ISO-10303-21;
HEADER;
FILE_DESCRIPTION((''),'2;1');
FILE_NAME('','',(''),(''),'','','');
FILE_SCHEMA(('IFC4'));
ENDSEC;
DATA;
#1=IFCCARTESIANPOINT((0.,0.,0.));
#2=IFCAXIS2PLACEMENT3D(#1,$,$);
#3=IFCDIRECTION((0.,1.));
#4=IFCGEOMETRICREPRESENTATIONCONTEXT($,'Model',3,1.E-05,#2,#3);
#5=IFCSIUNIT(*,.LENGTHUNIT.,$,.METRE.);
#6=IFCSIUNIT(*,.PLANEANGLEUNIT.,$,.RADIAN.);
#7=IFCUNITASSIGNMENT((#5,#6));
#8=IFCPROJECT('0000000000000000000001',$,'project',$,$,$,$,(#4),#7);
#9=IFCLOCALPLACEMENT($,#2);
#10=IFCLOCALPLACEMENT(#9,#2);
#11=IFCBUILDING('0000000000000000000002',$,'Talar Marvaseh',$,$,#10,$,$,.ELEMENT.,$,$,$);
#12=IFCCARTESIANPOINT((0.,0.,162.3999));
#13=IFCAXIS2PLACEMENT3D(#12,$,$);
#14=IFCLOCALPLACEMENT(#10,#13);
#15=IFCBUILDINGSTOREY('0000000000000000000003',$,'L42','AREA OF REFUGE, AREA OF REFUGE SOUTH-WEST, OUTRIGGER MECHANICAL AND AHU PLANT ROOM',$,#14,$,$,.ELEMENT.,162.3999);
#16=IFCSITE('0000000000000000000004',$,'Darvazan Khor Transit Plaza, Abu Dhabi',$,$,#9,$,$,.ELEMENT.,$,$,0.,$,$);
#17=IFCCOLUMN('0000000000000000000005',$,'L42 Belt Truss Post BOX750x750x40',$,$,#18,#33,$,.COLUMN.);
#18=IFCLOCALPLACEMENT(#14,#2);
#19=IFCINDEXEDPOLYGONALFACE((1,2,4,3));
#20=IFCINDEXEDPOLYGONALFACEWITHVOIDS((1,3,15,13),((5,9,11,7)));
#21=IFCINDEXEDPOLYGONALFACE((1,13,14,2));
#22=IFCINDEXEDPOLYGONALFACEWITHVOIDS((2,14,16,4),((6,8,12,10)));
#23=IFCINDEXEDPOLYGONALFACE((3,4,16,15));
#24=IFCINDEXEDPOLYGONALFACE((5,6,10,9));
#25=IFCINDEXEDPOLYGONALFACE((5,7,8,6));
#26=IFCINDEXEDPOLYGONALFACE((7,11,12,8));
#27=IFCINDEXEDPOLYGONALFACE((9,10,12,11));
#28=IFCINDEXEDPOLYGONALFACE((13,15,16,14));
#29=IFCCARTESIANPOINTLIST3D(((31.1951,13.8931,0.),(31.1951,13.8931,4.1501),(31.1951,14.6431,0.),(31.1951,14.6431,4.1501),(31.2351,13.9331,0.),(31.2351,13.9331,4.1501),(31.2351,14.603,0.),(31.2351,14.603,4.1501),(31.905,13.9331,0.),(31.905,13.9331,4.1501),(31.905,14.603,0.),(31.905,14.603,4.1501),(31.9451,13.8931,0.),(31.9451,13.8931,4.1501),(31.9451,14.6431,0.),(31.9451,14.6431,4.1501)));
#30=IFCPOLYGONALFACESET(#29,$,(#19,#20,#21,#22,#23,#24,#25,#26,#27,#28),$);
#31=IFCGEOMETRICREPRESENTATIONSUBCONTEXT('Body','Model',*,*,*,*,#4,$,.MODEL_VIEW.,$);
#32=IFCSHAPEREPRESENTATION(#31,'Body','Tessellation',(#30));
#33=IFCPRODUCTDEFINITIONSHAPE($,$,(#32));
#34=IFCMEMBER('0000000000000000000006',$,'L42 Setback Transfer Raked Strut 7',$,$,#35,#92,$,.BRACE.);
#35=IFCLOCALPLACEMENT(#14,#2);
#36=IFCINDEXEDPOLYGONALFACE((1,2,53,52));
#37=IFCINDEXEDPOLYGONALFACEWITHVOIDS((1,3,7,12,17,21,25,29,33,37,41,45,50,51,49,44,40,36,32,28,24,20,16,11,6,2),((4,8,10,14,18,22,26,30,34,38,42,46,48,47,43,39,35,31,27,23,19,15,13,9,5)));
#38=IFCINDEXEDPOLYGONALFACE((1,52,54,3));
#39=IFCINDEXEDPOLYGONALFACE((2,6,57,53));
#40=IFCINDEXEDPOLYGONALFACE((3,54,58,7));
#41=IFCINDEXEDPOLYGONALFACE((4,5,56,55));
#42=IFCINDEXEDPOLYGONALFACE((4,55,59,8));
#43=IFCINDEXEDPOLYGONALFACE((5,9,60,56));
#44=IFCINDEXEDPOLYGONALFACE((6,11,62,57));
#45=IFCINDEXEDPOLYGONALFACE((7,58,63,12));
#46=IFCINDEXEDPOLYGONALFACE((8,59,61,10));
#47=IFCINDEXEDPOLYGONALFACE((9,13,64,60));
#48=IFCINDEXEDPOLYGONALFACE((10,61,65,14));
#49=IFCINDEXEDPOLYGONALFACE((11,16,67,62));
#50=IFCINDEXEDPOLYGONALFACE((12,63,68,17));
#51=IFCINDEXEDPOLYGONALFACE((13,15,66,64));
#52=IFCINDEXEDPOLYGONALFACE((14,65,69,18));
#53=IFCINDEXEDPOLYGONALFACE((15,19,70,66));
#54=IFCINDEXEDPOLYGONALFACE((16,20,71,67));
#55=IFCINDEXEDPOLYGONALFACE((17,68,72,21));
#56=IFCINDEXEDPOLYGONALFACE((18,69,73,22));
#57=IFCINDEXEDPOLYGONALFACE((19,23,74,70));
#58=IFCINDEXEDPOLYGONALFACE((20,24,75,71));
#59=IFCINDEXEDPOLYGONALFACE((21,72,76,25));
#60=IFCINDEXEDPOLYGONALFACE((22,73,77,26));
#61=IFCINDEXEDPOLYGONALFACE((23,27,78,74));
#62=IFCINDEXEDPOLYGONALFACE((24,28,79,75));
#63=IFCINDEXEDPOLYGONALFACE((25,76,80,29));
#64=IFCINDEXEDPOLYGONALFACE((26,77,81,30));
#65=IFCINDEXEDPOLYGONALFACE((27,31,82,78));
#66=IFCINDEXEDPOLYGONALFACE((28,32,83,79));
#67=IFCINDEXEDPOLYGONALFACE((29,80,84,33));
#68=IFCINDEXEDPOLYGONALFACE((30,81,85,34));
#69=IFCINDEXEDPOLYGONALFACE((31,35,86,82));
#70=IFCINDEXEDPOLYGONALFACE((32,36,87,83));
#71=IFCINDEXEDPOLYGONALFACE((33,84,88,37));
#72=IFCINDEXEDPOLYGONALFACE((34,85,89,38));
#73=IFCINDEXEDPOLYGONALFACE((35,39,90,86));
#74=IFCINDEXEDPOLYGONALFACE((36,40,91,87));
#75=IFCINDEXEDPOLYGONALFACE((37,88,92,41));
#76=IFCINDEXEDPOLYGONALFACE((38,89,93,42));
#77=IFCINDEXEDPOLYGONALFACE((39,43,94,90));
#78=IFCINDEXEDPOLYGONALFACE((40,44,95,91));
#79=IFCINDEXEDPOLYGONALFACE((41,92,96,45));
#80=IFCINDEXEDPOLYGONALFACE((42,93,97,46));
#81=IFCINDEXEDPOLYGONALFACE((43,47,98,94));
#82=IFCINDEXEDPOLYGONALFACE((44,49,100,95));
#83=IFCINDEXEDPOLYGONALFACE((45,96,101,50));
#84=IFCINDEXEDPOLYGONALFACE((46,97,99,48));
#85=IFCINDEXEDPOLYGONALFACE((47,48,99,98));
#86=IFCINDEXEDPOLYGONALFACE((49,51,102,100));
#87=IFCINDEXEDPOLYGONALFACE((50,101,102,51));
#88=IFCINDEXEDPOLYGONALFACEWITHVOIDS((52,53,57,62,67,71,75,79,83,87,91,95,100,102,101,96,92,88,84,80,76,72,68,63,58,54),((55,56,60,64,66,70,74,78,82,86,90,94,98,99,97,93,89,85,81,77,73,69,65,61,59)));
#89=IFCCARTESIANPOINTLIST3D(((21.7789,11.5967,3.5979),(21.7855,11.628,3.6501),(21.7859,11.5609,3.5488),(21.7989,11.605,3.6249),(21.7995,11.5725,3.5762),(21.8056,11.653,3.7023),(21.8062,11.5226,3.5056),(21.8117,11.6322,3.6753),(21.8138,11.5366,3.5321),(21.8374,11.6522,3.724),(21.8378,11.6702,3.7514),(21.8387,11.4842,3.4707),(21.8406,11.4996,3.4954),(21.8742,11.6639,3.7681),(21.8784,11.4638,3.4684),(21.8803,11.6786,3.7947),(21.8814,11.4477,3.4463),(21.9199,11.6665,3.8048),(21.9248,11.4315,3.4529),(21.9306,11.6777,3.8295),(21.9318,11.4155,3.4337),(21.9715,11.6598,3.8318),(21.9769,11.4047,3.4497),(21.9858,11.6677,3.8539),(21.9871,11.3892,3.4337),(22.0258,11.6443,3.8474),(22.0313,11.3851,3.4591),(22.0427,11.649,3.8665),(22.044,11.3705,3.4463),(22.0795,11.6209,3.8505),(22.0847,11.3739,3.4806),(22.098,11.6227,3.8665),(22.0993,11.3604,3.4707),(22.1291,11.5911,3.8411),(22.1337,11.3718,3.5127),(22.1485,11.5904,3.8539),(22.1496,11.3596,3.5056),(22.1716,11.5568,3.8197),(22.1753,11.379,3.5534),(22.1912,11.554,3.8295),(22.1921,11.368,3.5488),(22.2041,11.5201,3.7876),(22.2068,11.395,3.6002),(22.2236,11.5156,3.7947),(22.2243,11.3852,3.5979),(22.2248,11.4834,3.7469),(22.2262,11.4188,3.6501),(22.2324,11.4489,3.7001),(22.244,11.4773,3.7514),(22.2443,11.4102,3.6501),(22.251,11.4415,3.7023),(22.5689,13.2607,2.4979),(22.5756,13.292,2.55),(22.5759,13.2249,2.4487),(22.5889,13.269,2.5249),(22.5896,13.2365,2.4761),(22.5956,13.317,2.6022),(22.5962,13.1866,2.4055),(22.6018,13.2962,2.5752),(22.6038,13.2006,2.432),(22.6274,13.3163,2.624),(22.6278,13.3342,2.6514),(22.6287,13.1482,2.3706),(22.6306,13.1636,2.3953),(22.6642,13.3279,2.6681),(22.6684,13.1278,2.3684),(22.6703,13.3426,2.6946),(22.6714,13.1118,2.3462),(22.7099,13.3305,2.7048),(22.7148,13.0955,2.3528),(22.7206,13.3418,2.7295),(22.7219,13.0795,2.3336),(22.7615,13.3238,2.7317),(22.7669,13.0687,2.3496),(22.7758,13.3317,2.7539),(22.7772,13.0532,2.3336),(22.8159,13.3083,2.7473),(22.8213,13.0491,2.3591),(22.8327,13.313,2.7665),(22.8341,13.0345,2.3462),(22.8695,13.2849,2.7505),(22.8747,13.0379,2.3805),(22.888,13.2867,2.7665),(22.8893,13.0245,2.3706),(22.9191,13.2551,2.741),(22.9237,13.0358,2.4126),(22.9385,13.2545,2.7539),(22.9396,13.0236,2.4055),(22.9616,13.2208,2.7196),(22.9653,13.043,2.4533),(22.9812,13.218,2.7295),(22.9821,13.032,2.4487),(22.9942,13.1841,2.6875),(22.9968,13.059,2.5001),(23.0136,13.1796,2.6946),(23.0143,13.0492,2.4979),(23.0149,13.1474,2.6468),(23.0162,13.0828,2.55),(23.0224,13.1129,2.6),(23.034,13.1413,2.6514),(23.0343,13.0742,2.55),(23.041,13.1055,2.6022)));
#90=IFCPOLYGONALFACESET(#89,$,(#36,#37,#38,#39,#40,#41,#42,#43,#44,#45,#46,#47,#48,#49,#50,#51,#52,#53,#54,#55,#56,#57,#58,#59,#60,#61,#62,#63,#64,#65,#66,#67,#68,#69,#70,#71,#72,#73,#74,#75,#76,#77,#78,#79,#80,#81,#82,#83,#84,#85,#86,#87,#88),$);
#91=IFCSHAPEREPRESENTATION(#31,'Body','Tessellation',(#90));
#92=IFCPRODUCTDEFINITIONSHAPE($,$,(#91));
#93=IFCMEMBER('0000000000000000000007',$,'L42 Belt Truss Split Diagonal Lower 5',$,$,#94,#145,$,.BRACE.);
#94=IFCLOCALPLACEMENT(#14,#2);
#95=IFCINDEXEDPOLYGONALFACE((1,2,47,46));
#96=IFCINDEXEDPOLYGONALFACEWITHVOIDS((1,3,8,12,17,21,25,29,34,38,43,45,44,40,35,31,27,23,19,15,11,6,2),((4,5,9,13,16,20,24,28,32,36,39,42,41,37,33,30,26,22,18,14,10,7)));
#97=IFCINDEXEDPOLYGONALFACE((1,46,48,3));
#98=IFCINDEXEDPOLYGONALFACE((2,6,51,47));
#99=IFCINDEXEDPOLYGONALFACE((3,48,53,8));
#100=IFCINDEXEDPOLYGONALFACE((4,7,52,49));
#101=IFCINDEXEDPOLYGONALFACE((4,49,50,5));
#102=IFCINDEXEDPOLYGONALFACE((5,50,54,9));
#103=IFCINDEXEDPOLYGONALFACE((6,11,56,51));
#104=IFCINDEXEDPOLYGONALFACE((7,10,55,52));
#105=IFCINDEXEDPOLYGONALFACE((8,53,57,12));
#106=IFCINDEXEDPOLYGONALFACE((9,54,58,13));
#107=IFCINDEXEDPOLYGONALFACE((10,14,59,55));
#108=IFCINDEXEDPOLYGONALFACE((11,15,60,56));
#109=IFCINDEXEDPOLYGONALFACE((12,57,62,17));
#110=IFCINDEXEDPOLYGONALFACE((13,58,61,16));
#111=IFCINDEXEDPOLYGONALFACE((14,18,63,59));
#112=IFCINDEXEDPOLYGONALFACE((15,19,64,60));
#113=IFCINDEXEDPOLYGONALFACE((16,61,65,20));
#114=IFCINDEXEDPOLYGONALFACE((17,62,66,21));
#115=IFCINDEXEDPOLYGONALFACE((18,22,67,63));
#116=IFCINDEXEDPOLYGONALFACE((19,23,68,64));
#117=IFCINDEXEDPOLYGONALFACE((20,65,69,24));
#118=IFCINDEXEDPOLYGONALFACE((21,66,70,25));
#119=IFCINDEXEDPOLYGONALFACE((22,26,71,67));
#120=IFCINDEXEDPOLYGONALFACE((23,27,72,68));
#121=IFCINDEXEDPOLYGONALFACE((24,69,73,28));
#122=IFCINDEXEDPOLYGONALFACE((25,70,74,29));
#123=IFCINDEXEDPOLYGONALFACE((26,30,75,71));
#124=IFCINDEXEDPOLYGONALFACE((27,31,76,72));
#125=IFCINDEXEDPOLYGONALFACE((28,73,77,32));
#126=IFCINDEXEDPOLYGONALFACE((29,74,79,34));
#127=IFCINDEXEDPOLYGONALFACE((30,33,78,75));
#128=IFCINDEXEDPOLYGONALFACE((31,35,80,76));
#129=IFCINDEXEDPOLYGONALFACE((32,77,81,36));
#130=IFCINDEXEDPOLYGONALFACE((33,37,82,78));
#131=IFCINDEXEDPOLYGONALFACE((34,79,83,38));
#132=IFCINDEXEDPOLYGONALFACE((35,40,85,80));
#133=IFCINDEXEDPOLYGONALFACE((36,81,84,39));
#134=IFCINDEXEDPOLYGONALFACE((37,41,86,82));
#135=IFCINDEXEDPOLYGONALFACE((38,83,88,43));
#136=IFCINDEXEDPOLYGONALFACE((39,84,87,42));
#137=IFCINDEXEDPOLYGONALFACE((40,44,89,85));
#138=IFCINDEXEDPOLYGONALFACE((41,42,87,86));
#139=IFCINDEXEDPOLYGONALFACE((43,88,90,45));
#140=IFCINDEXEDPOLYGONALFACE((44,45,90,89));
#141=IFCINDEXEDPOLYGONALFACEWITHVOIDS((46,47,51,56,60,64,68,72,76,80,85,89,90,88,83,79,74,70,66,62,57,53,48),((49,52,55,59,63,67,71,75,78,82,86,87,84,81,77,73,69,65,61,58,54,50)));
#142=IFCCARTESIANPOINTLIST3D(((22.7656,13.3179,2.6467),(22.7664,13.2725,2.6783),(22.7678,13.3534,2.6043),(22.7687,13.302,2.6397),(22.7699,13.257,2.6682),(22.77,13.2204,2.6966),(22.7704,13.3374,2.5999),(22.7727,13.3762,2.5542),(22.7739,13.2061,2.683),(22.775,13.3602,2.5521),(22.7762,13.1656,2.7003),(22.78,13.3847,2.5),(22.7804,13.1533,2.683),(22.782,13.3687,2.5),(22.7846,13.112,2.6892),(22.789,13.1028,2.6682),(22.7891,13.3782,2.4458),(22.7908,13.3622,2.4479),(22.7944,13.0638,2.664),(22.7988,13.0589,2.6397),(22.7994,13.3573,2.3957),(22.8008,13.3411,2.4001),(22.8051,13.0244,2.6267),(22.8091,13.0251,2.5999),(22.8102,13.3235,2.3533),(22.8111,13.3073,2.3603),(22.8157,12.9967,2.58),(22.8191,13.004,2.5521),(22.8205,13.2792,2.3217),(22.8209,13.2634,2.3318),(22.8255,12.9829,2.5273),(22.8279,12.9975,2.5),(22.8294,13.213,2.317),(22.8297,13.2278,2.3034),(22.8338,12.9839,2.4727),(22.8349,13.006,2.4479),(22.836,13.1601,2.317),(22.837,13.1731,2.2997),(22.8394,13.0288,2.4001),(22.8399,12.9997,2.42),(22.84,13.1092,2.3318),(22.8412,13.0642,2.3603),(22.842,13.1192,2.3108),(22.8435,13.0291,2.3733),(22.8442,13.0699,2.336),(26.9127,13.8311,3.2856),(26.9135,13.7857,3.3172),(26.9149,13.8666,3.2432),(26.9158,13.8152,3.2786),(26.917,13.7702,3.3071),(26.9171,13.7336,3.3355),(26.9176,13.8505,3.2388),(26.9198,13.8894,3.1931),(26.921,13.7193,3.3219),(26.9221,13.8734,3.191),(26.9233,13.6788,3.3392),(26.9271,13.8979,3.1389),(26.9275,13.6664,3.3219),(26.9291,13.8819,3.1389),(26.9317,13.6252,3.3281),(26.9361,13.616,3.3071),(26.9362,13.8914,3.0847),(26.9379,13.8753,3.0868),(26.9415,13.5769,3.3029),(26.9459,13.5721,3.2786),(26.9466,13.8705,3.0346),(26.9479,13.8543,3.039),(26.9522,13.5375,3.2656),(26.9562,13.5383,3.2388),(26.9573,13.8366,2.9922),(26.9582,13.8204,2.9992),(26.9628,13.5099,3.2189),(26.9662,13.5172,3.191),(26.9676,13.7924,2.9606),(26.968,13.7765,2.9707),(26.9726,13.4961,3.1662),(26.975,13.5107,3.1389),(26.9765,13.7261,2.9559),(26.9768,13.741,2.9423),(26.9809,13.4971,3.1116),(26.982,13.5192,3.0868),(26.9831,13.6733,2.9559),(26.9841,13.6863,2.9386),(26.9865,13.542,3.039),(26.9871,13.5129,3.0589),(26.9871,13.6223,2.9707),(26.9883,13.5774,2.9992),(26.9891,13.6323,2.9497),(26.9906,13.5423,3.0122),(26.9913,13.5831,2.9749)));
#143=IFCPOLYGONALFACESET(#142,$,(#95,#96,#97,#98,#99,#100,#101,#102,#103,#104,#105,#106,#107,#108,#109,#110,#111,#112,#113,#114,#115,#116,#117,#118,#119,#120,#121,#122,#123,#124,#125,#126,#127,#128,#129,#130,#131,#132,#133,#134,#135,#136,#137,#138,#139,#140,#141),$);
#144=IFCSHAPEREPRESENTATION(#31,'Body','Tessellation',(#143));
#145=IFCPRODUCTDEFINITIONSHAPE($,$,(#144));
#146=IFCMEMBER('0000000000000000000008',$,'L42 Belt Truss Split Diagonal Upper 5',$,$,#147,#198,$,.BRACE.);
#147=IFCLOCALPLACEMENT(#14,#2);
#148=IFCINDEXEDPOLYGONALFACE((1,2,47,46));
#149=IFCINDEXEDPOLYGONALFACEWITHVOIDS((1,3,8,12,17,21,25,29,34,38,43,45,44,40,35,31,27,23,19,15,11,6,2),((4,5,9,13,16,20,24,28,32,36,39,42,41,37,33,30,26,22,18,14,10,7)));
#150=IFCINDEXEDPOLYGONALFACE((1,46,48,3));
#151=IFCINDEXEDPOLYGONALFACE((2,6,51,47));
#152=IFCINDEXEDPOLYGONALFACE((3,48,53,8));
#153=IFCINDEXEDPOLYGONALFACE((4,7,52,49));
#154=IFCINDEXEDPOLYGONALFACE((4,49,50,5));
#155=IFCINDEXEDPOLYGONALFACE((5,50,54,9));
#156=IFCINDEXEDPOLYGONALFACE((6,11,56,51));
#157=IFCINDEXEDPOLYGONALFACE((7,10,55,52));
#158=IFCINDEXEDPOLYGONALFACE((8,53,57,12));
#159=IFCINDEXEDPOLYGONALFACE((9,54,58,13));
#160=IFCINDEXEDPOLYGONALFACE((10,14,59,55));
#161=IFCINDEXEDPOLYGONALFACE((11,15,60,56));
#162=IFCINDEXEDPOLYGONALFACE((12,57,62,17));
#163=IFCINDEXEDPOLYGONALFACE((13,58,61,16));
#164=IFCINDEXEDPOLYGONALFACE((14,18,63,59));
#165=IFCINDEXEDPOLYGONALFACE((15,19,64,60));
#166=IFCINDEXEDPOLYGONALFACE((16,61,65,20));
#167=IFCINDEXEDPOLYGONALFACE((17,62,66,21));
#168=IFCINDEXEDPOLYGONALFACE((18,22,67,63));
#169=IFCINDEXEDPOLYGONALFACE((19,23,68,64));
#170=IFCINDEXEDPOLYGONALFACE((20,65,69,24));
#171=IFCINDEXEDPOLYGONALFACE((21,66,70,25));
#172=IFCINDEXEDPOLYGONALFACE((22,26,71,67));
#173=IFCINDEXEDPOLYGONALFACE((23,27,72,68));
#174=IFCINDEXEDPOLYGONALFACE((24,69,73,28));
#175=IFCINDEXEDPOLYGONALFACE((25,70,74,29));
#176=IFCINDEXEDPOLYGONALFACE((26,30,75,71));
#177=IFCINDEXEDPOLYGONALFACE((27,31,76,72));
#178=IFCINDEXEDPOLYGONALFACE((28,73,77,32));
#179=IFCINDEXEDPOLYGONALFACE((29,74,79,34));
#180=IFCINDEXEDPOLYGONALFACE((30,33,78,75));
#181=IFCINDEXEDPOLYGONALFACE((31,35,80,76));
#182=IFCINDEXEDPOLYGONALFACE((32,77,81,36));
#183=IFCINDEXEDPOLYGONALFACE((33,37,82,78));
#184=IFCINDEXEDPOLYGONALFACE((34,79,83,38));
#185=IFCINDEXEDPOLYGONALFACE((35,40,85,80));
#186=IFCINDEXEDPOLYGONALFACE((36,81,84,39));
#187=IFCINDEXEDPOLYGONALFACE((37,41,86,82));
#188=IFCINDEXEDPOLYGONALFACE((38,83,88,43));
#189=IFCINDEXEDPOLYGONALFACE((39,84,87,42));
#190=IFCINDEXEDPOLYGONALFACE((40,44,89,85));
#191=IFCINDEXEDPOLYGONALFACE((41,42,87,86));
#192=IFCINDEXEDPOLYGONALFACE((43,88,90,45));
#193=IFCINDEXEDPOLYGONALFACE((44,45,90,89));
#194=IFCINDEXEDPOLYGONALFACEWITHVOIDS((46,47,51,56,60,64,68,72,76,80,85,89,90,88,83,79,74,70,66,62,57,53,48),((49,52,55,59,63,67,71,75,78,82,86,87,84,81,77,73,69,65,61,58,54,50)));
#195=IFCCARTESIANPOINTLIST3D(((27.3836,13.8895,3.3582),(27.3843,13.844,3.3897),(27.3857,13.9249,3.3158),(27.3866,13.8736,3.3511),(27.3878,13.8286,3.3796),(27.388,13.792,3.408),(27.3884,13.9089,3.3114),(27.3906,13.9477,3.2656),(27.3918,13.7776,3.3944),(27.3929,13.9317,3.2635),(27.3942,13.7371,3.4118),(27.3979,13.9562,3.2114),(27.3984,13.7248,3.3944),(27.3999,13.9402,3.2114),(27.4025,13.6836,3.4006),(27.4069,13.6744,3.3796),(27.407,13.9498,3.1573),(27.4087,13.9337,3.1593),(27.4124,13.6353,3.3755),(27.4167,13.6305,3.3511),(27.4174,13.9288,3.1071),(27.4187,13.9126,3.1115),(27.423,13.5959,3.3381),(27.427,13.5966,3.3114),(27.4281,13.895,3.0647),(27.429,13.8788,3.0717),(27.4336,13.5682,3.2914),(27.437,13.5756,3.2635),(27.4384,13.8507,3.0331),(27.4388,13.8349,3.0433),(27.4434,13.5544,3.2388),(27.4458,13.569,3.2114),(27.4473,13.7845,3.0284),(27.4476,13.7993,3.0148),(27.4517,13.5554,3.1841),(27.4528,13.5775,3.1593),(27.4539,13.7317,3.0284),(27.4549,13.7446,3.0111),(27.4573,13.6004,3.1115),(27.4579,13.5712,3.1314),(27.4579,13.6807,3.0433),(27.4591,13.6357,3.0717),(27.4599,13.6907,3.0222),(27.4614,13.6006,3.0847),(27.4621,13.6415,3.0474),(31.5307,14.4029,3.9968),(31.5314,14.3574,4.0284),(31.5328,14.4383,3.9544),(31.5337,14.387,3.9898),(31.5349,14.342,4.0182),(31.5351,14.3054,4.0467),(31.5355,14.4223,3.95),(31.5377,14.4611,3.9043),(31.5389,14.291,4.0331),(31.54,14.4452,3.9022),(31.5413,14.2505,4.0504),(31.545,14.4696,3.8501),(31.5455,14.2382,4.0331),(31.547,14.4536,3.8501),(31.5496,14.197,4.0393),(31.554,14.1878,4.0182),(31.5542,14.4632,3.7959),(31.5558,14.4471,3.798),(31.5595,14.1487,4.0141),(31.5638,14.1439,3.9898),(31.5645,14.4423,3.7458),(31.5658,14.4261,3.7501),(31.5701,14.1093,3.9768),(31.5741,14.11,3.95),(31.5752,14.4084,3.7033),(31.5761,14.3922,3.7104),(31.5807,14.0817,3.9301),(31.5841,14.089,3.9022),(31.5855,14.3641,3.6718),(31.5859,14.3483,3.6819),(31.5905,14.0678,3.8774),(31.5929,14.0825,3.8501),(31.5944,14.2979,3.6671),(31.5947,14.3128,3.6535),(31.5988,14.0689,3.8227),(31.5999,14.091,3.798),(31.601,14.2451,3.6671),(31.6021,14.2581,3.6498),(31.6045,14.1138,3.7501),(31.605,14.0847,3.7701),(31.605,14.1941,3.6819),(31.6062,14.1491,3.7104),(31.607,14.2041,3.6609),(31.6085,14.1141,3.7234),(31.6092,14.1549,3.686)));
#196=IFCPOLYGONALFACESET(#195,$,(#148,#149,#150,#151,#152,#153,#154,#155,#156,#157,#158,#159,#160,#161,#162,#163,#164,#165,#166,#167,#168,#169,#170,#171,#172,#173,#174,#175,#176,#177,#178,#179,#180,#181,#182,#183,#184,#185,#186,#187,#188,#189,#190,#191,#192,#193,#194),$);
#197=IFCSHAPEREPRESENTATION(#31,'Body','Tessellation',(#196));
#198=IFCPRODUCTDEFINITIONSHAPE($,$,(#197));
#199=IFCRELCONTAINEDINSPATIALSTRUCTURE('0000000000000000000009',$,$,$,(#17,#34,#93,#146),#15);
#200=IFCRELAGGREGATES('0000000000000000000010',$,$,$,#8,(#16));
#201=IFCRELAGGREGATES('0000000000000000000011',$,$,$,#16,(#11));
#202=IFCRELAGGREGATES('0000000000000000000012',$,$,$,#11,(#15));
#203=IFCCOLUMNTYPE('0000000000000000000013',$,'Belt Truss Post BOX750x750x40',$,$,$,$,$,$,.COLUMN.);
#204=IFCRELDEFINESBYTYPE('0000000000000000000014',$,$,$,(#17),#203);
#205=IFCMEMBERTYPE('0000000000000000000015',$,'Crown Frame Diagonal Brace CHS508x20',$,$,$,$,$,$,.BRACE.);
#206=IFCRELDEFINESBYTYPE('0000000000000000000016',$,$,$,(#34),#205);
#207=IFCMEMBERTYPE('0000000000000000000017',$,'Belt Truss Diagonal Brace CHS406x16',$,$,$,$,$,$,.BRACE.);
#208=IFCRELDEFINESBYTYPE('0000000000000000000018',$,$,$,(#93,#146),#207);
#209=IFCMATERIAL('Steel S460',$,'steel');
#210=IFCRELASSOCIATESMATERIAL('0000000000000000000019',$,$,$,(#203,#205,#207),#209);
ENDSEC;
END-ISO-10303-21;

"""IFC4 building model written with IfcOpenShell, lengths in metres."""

from ifc_helpers import new_model, si_unit, direction, frame, origin, origin_2d, place, context, subcontext, project, spatial, hollow_rectangle, hollow_circle, extrude, source, transform, mapped, material, material_profile, profile_set, type_object, type_shapes, element, save


model = new_model("IFC4")

# Units and contexts
model_context = context("Model", 3, precision=1e-05, world=origin(), true_north=direction((0.0, 1.0)))
body_context = subcontext(model_context, "Body", "Model", "MODEL_VIEW")
ifc_project = project(units=[si_unit("LENGTHUNIT", "METRE"), si_unit("PLANEANGLEUNIT", "RADIAN")], contexts=[model_context])

# Site, building, storey
site_placement = place(None, origin())
site = spatial("IfcSite", under=ifc_project, at=site_placement, Name="Darvazan Khor Transit Plaza, Abu Dhabi", CompositionType="ELEMENT", RefElevation=0.0)
building_placement = place(site_placement, origin())
building = spatial("IfcBuilding", under=site, at=building_placement, Name="Talar Marvaseh", CompositionType="ELEMENT")
storey_placement = place(building_placement, frame((0.0, 0.0, 162.3999)))
storey = spatial("IfcBuildingStorey", under=building, at=storey_placement, Name="L42", Description="AREA OF REFUGE, AREA OF REFUGE SOUTH-WEST, OUTRIGGER MECHANICAL AND AHU PLANT ROOM", CompositionType="ELEMENT", Elevation=162.3999)

# Column
ifc_material_1 = material(Name="Steel S460", Category="steel")
ifc_material_profile_1 = material_profile(ifc_material_1, hollow_rectangle(XDim=0.75, YDim=0.75, WallThickness=0.04, at=origin_2d()), Name="BOX750x750x40")
ifc_profile_set_1 = profile_set([ifc_material_profile_1], Name="Steel S460")
column_type = type_object("IfcColumnType", Name="Belt Truss Post BOX750x750x40", PredefinedType="COLUMN", material=ifc_profile_set_1)
column_placement = place(storey_placement, frame((31.5701, 14.2681, 0.0), z_axis=(0.0, 0.0, 1.0), x_axis=(1.0, 0.0, 0.0)))
element("IfcColumn", 1, at=column_placement, inside=storey, type_object=column_type, Name="L42 Belt Truss Post BOX750x750x40", PredefinedType="COLUMN", context=body_context, shape_type="SweptSolid", body=[
    extrude(hollow_rectangle(XDim=0.75, YDim=0.75, WallThickness=0.04, at=origin_2d()), origin(), (0.0, 0.0, 1.0), 4.1501),
])

# Members
ifc_material_profile_2 = material_profile(ifc_material_1, hollow_circle(Radius=0.2539, WallThickness=0.02, at=origin_2d()), Name="CHS508x20")
ifc_profile_set_2 = profile_set([ifc_material_profile_2], Name="Steel S460")
member_type_1 = type_object("IfcMemberType", Name="Crown Frame Diagonal Brace CHS508x20", PredefinedType="BRACE", material=ifc_profile_set_2)
shared_shape_1 = source(origin(), body_context, "Body", "SweptSolid", [
    extrude(hollow_circle(Radius=0.2539, WallThickness=0.02, at=origin_2d()), origin(), (0.0, 0.0, 1.0), 2.1455),
])
type_shapes(member_type_1, [shared_shape_1])
member_1_placement = place(storey_placement, frame((22.8049, 13.1831, 2.55), z_axis=(-0.368218, -0.77558, 0.512729), x_axis=(0.90336, -0.428884, 0.0)))
element("IfcMember", 2, at=member_1_placement, inside=storey, type_object=member_type_1, Name="L42 Setback Transfer Raked Strut 7", PredefinedType="BRACE", context=body_context, shape_type="MappedRepresentation", body=[
    mapped(shared_shape_1, transform((0.0, 0.0, 0.0), x_axis=(1.0, 0.0, 0.0), y_axis=(0.0, 1.0, 0.0), z_axis=(0.0, 0.0, 1.0), scale=1.0)),
])
ifc_material_profile_3 = material_profile(ifc_material_1, hollow_circle(Radius=0.2031, WallThickness=0.0161, at=origin_2d()), Name="CHS406x16")
ifc_profile_set_3 = profile_set([ifc_material_profile_3], Name="Steel S460")
member_type_2 = type_object("IfcMemberType", Name="Belt Truss Diagonal Brace CHS406x16", PredefinedType="BRACE", material=ifc_profile_set_3)
shared_shape_2 = source(origin(), body_context, "Body", "SweptSolid", [
    extrude(hollow_circle(Radius=0.2031, WallThickness=0.0161, at=origin_2d()), origin(), (0.0, 0.0, 1.0), 4.2273),
])
for number, where, z_axis, x_axis, name in (
    (3, (22.8049, 13.1831, 2.5), (0.981031, 0.121394, 0.151137), (-0.122805, 0.992431, 0.0), "L42 Belt Truss Split Diagonal Lower 5"),
    (4, (27.4229, 13.7546, 3.2114), (0.981032, 0.121452, 0.151079), (-0.122863, 0.992424, 0.0), "L42 Belt Truss Split Diagonal Upper 5"),
):
    element("IfcMember", number, at=place(storey_placement, frame(where, z_axis=z_axis, x_axis=x_axis)), inside=storey, type_object=member_type_2, Name=name, PredefinedType="BRACE", context=body_context, shape_type="MappedRepresentation", body=[
        mapped(shared_shape_2, transform((0.0, 0.0, 0.0), x_axis=(1.0, 0.0, 0.0), y_axis=(0.0, 1.0, 0.0), z_axis=(0.0, 0.0, 1.0), scale=1.0)),
    ])

save(model, "model.ifc")
